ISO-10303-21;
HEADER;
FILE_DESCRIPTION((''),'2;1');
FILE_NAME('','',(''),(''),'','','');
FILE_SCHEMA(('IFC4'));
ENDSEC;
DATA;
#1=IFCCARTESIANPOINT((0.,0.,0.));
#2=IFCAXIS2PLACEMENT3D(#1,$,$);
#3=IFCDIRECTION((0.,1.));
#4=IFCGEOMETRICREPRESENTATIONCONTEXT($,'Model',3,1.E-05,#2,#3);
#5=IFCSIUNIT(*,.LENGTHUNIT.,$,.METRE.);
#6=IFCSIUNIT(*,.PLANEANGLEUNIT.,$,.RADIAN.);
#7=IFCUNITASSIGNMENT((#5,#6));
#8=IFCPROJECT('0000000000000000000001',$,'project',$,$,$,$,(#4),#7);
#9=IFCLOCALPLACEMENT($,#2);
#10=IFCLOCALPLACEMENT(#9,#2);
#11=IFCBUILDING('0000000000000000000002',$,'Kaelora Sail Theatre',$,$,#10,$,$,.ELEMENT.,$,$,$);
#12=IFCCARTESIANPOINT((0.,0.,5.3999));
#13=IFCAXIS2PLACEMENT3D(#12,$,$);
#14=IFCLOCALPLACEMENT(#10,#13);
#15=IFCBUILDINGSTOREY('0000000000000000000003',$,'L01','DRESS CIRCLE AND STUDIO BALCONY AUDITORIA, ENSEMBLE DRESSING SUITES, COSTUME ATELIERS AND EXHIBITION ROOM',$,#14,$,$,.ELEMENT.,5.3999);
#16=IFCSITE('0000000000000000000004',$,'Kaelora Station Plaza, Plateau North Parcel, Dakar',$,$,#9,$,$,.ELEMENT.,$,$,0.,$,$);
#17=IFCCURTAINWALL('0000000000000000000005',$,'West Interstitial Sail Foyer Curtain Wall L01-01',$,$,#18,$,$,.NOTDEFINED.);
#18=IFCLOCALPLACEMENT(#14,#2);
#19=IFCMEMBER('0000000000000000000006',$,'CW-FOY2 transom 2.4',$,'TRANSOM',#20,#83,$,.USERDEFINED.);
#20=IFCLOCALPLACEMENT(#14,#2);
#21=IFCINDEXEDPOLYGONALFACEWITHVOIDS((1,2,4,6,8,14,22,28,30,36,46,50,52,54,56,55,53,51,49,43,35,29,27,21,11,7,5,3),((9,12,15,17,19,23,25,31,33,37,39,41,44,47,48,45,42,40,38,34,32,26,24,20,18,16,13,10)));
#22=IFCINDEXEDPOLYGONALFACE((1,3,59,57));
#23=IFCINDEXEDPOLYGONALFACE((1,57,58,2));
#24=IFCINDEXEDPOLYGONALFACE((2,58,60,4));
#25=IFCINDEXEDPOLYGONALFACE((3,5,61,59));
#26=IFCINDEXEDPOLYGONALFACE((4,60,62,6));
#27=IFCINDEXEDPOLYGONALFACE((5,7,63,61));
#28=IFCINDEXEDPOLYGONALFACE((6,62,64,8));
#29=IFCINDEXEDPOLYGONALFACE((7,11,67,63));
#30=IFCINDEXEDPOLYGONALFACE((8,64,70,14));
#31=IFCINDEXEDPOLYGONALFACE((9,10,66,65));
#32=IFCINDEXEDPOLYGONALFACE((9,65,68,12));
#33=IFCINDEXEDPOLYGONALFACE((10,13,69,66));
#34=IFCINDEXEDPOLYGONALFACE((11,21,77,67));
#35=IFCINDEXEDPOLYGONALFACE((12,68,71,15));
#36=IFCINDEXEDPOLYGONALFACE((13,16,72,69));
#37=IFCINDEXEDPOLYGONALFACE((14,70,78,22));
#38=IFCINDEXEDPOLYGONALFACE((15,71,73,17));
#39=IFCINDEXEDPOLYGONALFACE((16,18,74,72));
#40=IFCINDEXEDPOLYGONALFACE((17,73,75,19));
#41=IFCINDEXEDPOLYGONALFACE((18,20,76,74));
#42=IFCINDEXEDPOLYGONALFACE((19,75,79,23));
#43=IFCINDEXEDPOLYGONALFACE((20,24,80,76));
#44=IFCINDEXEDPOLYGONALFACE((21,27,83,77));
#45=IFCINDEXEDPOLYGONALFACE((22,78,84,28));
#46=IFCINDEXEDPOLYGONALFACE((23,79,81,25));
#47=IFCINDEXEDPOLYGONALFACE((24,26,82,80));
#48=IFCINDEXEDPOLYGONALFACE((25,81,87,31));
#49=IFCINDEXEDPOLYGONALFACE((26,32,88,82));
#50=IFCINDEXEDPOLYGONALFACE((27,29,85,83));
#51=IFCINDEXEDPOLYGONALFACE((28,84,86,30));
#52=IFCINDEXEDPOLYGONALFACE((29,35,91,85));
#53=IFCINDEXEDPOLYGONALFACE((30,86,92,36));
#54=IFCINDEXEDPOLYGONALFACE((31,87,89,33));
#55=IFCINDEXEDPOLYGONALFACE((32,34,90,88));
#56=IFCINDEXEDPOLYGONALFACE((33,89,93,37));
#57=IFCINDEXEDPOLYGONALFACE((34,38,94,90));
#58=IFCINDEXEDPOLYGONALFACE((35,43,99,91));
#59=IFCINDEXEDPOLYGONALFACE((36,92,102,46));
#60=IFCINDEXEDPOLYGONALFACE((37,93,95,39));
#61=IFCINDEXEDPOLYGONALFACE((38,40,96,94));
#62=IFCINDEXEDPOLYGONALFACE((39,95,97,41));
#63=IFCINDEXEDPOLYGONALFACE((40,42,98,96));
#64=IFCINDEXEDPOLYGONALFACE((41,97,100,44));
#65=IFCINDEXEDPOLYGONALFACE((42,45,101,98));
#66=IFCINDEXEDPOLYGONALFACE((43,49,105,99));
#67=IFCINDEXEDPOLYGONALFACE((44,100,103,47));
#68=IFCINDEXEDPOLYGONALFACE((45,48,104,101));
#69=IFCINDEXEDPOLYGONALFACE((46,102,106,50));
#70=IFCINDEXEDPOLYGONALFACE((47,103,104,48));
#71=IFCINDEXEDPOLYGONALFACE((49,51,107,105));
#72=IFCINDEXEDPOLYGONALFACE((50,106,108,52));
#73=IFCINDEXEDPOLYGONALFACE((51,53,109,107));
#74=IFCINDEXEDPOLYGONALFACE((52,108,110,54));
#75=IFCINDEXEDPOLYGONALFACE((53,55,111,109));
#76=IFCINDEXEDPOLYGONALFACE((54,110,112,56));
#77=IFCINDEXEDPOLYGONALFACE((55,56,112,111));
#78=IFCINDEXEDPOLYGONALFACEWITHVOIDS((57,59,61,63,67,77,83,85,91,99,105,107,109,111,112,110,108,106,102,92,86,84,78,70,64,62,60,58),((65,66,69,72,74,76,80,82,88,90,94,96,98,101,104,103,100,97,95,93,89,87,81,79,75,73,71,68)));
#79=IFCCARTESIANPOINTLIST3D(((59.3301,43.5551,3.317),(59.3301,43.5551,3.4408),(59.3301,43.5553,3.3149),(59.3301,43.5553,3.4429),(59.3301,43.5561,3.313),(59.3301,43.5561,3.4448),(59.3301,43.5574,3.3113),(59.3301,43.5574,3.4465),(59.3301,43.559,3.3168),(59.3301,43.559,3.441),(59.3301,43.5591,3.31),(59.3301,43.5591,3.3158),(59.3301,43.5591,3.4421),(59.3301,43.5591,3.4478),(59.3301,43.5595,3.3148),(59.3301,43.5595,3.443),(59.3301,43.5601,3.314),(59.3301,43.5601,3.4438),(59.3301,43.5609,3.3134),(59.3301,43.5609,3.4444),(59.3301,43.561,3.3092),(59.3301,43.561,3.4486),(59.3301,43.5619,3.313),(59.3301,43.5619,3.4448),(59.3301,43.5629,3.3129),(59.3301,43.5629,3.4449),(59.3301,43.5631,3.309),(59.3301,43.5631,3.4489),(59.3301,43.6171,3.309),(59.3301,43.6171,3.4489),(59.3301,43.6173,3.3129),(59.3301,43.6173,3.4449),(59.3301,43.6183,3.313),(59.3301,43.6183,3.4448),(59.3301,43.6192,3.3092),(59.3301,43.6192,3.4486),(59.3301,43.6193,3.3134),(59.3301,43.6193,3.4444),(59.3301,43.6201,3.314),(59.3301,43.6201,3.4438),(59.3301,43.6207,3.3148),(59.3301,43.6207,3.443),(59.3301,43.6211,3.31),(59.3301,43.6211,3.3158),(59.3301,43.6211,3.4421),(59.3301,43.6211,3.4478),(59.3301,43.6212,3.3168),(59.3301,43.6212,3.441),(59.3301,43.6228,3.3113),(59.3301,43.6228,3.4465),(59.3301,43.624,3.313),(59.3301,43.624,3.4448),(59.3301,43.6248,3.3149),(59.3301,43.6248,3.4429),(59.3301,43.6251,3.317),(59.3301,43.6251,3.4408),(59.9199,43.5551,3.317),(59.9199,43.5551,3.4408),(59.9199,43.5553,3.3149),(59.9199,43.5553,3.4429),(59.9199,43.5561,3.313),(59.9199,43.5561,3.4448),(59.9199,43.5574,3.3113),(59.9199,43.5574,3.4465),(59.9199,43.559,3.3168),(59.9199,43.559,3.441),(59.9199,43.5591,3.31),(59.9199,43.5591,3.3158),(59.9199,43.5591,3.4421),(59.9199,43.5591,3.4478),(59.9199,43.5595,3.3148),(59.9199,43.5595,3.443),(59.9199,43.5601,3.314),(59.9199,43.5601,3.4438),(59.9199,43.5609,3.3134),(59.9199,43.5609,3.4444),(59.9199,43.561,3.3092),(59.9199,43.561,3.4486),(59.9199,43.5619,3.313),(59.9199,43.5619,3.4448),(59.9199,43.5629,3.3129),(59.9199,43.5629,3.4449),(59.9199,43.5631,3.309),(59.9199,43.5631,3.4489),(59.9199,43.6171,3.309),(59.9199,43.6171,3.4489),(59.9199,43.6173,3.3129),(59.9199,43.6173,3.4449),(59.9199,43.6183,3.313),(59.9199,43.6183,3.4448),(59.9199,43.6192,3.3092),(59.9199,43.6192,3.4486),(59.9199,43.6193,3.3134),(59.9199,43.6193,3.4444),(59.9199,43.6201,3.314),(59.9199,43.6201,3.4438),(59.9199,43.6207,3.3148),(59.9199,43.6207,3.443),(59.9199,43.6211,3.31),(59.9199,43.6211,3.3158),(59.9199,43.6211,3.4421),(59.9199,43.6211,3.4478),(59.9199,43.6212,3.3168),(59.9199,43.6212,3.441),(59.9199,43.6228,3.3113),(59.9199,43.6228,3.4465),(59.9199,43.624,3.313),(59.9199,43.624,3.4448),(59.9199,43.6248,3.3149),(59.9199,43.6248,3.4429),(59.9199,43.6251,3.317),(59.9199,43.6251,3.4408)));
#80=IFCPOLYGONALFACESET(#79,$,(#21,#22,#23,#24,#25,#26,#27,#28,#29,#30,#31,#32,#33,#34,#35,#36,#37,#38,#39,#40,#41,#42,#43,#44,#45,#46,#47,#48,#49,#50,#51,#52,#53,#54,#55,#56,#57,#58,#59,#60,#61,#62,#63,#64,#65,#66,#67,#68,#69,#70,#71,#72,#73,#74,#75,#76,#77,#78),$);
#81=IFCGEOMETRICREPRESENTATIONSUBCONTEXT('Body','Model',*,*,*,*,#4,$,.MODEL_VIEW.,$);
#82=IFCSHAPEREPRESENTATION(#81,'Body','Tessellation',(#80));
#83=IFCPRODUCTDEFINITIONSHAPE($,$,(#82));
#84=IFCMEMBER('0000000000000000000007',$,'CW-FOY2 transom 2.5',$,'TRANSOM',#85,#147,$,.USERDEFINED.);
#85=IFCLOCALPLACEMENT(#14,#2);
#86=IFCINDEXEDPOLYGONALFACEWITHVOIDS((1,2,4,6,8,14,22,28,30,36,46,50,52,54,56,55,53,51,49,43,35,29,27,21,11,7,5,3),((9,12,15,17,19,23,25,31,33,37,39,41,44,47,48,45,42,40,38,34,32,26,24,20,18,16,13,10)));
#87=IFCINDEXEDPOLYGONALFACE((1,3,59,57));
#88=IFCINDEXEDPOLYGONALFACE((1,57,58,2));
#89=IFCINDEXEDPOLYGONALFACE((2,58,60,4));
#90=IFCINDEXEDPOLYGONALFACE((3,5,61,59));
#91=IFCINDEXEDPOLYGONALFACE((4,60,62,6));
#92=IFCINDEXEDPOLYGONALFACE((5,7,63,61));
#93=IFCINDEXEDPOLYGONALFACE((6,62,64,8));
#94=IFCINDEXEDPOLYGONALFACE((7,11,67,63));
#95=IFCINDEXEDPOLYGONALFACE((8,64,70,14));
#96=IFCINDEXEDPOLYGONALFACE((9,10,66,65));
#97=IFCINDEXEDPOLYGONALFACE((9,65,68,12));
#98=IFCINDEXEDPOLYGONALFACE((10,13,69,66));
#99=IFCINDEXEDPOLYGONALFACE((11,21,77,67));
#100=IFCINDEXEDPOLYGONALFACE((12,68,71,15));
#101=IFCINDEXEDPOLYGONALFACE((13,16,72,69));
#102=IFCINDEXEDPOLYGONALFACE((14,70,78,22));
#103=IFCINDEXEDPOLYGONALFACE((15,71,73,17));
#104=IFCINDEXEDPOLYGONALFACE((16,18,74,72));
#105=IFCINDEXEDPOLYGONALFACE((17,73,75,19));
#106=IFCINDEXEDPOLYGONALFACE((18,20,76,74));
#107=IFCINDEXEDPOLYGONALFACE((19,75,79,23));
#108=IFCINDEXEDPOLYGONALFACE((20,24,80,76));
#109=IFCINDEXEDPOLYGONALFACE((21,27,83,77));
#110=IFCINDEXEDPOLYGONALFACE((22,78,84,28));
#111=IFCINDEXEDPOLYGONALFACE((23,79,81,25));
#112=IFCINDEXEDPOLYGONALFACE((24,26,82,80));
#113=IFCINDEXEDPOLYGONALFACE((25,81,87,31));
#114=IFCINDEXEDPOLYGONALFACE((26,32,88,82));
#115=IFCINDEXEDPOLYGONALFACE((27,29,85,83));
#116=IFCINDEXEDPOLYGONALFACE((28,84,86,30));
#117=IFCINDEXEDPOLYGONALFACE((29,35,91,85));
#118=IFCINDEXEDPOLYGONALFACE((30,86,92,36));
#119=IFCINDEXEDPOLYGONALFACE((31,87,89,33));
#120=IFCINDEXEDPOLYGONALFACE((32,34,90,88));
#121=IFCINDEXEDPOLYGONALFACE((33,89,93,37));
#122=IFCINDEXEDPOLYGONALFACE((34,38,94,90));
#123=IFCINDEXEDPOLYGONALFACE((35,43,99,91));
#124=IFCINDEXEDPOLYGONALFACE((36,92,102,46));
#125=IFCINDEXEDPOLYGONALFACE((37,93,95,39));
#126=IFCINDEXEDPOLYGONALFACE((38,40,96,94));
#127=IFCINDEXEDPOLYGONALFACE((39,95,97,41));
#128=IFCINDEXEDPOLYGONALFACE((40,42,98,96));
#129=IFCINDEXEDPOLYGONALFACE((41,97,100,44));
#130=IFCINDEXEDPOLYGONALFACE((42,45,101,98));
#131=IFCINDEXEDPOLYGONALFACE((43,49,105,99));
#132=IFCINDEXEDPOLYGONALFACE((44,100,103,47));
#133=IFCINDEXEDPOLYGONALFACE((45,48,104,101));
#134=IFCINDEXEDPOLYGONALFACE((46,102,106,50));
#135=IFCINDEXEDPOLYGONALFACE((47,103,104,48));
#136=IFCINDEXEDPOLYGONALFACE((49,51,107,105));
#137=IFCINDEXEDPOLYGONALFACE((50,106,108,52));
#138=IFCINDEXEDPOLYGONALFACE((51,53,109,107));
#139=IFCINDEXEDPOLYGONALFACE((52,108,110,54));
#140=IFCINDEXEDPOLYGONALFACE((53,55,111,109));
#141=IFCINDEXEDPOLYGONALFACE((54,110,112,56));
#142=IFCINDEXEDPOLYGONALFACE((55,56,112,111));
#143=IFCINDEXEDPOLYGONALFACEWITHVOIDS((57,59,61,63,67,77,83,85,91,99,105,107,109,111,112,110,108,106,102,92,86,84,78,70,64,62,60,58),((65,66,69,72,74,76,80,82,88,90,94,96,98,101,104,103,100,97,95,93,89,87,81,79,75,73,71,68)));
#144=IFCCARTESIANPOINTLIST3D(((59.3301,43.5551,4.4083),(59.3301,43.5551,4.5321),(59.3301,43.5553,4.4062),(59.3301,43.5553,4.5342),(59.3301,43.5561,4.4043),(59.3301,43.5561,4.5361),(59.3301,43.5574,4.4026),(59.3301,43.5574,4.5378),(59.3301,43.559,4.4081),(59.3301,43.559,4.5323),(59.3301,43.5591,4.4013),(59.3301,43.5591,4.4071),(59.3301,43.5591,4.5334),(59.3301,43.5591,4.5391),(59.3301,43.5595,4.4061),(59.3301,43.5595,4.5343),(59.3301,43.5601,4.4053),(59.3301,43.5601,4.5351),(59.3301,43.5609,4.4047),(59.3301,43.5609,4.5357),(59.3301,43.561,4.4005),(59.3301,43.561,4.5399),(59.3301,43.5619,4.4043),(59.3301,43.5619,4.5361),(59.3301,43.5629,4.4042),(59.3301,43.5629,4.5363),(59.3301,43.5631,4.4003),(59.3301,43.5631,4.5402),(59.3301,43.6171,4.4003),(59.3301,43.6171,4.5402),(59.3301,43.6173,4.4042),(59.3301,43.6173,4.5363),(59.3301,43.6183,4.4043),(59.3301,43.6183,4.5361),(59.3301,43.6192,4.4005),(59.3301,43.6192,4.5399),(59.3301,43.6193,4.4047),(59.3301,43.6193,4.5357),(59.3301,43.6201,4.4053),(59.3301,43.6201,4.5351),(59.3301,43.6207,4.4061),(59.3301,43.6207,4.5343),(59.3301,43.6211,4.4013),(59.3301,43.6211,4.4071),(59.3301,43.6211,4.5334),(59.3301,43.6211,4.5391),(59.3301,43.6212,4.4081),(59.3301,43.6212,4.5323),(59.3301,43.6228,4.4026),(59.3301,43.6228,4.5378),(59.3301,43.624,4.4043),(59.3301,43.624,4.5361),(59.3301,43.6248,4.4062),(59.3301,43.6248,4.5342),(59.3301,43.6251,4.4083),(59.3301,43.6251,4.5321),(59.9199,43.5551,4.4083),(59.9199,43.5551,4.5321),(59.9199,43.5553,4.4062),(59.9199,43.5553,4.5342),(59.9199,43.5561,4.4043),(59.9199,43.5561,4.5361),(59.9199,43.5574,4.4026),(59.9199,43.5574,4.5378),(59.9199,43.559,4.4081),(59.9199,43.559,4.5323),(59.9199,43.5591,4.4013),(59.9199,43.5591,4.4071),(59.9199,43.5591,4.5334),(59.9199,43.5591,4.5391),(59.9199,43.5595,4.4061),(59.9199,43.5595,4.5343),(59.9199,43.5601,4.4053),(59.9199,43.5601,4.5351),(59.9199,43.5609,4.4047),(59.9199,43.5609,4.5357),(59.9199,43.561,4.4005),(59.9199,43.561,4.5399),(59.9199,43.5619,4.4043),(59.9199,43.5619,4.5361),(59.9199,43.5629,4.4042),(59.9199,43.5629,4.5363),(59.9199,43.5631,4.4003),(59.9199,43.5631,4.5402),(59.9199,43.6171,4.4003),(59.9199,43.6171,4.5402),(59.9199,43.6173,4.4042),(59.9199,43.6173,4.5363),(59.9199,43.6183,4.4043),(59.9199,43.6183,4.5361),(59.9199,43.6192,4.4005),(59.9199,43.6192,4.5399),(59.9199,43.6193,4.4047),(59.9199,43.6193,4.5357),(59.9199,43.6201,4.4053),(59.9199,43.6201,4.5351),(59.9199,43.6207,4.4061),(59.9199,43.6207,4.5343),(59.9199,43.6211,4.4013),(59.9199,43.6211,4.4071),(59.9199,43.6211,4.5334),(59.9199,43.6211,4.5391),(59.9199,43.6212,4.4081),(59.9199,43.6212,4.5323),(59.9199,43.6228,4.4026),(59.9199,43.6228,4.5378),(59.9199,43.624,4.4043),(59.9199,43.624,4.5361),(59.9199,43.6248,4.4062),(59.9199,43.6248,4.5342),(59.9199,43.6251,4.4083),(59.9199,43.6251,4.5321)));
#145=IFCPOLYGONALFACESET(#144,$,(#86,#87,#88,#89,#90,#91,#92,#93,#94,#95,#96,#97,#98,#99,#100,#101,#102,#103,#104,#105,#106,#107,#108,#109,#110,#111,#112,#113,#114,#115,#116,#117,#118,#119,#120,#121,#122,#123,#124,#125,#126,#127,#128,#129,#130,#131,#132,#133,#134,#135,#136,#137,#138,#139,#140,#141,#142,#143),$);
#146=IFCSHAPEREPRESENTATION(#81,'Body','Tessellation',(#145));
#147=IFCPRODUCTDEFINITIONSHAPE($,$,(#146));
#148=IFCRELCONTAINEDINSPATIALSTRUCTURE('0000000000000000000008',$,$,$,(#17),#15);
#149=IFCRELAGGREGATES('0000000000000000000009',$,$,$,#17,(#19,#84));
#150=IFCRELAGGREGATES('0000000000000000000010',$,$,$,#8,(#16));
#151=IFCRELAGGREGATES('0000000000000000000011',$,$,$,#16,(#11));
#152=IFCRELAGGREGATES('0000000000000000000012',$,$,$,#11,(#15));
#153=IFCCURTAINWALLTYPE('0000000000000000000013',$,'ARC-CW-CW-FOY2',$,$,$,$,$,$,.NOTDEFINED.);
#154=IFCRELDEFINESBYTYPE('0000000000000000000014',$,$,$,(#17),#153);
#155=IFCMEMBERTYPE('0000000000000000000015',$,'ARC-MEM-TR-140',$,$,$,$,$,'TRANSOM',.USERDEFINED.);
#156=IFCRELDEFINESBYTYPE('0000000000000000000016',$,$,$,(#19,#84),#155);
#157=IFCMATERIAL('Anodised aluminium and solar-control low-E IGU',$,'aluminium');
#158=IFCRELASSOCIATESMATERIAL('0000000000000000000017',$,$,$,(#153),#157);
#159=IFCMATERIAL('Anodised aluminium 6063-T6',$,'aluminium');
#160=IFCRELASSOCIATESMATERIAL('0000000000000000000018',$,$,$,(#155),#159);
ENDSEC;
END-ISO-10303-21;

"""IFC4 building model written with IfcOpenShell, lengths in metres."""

from ifc_helpers import new_model, si_unit, direction, frame, origin, origin_2d, place, context, subcontext, project, spatial, hollow_rectangle, extrude, material, material_profile, profile_set, type_object, element, aggregate, save


model = new_model("IFC4")

# Units and contexts
model_context = context("Model", 3, precision=1e-05, world=origin(), true_north=direction((0.0, 1.0)))
body_context = subcontext(model_context, "Body", "Model", "MODEL_VIEW")
ifc_project = project(units=[si_unit("LENGTHUNIT", "METRE"), si_unit("PLANEANGLEUNIT", "RADIAN")], contexts=[model_context])

# Site, building, storey
site_placement = place(None, origin())
site = spatial("IfcSite", under=ifc_project, at=site_placement, Name="Kaelora Station Plaza, Plateau North Parcel, Dakar", CompositionType="ELEMENT", RefElevation=0.0)
building_placement = place(site_placement, origin())
building = spatial("IfcBuilding", under=site, at=building_placement, Name="Kaelora Sail Theatre", CompositionType="ELEMENT")
storey_placement = place(building_placement, frame((0.0, 0.0, 5.3999)))
storey = spatial("IfcBuildingStorey", under=building, at=storey_placement, Name="L01", Description="DRESS CIRCLE AND STUDIO BALCONY AUDITORIA, ENSEMBLE DRESSING SUITES, COSTUME ATELIERS AND EXHIBITION ROOM", CompositionType="ELEMENT", Elevation=5.3999)

# Curtain wall, members
ifc_material_1 = material(Name="Anodised aluminium and solar-control low-E IGU", Category="aluminium")
curtain_wall_type = type_object("IfcCurtainWallType", Name="ARC-CW-CW-FOY2", PredefinedType="NOTDEFINED", material=ifc_material_1)
curtain_wall_placement = place(storey_placement, origin())
curtain_wall = element("IfcCurtainWall", 1, at=curtain_wall_placement, inside=storey, type_object=curtain_wall_type, Name="West Interstitial Sail Foyer Curtain Wall L01-01", PredefinedType="NOTDEFINED")
ifc_material_2 = material(Name="Anodised aluminium 6063-T6", Category="aluminium")
ifc_material_profile_1 = material_profile(ifc_material_2, hollow_rectangle(XDim=0.0701, YDim=0.1399, WallThickness=0.0039, InnerFilletRadius=0.0039, OuterFilletRadius=0.0081, at=origin_2d()), Name="ALU-TRAN 70x140x4")
ifc_profile_set_1 = profile_set([ifc_material_profile_1], Name="Anodised aluminium 6063-T6")
member_type_1 = type_object("IfcMemberType", Name="ARC-MEM-TR-140", ElementType="TRANSOM", PredefinedType="USERDEFINED", material=ifc_profile_set_1)
member_1_placement = place(storey_placement, frame((59.3301, 43.5901, 3.3789), z_axis=(1.0, 0.0, 0.0), x_axis=(0.0, 1.0, 0.0)))
member_1 = element("IfcMember", 2, at=member_1_placement, type_object=member_type_1, Name="CW-FOY2 transom 2.4", ObjectType="TRANSOM", PredefinedType="USERDEFINED", context=body_context, shape_type="SweptSolid", body=[
    extrude(hollow_rectangle(XDim=0.0701, YDim=0.1399, WallThickness=0.0039, InnerFilletRadius=0.0039, OuterFilletRadius=0.0081, at=origin_2d()), origin(), (0.0, 0.0, 1.0), 0.5898),
])
member_2_placement = place(storey_placement, frame((59.3301, 43.5901, 4.4702), z_axis=(1.0, 0.0, 0.0), x_axis=(0.0, 1.0, 0.0)))
member_2 = element("IfcMember", 3, at=member_2_placement, type_object=member_type_1, Name="CW-FOY2 transom 2.5", ObjectType="TRANSOM", PredefinedType="USERDEFINED", context=body_context, shape_type="SweptSolid", body=[
    extrude(hollow_rectangle(XDim=0.0701, YDim=0.1399, WallThickness=0.0039, InnerFilletRadius=0.0039, OuterFilletRadius=0.0081, at=origin_2d()), origin(), (0.0, 0.0, 1.0), 0.5898),
])
aggregate(curtain_wall, [member_1, member_2])

save(model, "model.ifc")
